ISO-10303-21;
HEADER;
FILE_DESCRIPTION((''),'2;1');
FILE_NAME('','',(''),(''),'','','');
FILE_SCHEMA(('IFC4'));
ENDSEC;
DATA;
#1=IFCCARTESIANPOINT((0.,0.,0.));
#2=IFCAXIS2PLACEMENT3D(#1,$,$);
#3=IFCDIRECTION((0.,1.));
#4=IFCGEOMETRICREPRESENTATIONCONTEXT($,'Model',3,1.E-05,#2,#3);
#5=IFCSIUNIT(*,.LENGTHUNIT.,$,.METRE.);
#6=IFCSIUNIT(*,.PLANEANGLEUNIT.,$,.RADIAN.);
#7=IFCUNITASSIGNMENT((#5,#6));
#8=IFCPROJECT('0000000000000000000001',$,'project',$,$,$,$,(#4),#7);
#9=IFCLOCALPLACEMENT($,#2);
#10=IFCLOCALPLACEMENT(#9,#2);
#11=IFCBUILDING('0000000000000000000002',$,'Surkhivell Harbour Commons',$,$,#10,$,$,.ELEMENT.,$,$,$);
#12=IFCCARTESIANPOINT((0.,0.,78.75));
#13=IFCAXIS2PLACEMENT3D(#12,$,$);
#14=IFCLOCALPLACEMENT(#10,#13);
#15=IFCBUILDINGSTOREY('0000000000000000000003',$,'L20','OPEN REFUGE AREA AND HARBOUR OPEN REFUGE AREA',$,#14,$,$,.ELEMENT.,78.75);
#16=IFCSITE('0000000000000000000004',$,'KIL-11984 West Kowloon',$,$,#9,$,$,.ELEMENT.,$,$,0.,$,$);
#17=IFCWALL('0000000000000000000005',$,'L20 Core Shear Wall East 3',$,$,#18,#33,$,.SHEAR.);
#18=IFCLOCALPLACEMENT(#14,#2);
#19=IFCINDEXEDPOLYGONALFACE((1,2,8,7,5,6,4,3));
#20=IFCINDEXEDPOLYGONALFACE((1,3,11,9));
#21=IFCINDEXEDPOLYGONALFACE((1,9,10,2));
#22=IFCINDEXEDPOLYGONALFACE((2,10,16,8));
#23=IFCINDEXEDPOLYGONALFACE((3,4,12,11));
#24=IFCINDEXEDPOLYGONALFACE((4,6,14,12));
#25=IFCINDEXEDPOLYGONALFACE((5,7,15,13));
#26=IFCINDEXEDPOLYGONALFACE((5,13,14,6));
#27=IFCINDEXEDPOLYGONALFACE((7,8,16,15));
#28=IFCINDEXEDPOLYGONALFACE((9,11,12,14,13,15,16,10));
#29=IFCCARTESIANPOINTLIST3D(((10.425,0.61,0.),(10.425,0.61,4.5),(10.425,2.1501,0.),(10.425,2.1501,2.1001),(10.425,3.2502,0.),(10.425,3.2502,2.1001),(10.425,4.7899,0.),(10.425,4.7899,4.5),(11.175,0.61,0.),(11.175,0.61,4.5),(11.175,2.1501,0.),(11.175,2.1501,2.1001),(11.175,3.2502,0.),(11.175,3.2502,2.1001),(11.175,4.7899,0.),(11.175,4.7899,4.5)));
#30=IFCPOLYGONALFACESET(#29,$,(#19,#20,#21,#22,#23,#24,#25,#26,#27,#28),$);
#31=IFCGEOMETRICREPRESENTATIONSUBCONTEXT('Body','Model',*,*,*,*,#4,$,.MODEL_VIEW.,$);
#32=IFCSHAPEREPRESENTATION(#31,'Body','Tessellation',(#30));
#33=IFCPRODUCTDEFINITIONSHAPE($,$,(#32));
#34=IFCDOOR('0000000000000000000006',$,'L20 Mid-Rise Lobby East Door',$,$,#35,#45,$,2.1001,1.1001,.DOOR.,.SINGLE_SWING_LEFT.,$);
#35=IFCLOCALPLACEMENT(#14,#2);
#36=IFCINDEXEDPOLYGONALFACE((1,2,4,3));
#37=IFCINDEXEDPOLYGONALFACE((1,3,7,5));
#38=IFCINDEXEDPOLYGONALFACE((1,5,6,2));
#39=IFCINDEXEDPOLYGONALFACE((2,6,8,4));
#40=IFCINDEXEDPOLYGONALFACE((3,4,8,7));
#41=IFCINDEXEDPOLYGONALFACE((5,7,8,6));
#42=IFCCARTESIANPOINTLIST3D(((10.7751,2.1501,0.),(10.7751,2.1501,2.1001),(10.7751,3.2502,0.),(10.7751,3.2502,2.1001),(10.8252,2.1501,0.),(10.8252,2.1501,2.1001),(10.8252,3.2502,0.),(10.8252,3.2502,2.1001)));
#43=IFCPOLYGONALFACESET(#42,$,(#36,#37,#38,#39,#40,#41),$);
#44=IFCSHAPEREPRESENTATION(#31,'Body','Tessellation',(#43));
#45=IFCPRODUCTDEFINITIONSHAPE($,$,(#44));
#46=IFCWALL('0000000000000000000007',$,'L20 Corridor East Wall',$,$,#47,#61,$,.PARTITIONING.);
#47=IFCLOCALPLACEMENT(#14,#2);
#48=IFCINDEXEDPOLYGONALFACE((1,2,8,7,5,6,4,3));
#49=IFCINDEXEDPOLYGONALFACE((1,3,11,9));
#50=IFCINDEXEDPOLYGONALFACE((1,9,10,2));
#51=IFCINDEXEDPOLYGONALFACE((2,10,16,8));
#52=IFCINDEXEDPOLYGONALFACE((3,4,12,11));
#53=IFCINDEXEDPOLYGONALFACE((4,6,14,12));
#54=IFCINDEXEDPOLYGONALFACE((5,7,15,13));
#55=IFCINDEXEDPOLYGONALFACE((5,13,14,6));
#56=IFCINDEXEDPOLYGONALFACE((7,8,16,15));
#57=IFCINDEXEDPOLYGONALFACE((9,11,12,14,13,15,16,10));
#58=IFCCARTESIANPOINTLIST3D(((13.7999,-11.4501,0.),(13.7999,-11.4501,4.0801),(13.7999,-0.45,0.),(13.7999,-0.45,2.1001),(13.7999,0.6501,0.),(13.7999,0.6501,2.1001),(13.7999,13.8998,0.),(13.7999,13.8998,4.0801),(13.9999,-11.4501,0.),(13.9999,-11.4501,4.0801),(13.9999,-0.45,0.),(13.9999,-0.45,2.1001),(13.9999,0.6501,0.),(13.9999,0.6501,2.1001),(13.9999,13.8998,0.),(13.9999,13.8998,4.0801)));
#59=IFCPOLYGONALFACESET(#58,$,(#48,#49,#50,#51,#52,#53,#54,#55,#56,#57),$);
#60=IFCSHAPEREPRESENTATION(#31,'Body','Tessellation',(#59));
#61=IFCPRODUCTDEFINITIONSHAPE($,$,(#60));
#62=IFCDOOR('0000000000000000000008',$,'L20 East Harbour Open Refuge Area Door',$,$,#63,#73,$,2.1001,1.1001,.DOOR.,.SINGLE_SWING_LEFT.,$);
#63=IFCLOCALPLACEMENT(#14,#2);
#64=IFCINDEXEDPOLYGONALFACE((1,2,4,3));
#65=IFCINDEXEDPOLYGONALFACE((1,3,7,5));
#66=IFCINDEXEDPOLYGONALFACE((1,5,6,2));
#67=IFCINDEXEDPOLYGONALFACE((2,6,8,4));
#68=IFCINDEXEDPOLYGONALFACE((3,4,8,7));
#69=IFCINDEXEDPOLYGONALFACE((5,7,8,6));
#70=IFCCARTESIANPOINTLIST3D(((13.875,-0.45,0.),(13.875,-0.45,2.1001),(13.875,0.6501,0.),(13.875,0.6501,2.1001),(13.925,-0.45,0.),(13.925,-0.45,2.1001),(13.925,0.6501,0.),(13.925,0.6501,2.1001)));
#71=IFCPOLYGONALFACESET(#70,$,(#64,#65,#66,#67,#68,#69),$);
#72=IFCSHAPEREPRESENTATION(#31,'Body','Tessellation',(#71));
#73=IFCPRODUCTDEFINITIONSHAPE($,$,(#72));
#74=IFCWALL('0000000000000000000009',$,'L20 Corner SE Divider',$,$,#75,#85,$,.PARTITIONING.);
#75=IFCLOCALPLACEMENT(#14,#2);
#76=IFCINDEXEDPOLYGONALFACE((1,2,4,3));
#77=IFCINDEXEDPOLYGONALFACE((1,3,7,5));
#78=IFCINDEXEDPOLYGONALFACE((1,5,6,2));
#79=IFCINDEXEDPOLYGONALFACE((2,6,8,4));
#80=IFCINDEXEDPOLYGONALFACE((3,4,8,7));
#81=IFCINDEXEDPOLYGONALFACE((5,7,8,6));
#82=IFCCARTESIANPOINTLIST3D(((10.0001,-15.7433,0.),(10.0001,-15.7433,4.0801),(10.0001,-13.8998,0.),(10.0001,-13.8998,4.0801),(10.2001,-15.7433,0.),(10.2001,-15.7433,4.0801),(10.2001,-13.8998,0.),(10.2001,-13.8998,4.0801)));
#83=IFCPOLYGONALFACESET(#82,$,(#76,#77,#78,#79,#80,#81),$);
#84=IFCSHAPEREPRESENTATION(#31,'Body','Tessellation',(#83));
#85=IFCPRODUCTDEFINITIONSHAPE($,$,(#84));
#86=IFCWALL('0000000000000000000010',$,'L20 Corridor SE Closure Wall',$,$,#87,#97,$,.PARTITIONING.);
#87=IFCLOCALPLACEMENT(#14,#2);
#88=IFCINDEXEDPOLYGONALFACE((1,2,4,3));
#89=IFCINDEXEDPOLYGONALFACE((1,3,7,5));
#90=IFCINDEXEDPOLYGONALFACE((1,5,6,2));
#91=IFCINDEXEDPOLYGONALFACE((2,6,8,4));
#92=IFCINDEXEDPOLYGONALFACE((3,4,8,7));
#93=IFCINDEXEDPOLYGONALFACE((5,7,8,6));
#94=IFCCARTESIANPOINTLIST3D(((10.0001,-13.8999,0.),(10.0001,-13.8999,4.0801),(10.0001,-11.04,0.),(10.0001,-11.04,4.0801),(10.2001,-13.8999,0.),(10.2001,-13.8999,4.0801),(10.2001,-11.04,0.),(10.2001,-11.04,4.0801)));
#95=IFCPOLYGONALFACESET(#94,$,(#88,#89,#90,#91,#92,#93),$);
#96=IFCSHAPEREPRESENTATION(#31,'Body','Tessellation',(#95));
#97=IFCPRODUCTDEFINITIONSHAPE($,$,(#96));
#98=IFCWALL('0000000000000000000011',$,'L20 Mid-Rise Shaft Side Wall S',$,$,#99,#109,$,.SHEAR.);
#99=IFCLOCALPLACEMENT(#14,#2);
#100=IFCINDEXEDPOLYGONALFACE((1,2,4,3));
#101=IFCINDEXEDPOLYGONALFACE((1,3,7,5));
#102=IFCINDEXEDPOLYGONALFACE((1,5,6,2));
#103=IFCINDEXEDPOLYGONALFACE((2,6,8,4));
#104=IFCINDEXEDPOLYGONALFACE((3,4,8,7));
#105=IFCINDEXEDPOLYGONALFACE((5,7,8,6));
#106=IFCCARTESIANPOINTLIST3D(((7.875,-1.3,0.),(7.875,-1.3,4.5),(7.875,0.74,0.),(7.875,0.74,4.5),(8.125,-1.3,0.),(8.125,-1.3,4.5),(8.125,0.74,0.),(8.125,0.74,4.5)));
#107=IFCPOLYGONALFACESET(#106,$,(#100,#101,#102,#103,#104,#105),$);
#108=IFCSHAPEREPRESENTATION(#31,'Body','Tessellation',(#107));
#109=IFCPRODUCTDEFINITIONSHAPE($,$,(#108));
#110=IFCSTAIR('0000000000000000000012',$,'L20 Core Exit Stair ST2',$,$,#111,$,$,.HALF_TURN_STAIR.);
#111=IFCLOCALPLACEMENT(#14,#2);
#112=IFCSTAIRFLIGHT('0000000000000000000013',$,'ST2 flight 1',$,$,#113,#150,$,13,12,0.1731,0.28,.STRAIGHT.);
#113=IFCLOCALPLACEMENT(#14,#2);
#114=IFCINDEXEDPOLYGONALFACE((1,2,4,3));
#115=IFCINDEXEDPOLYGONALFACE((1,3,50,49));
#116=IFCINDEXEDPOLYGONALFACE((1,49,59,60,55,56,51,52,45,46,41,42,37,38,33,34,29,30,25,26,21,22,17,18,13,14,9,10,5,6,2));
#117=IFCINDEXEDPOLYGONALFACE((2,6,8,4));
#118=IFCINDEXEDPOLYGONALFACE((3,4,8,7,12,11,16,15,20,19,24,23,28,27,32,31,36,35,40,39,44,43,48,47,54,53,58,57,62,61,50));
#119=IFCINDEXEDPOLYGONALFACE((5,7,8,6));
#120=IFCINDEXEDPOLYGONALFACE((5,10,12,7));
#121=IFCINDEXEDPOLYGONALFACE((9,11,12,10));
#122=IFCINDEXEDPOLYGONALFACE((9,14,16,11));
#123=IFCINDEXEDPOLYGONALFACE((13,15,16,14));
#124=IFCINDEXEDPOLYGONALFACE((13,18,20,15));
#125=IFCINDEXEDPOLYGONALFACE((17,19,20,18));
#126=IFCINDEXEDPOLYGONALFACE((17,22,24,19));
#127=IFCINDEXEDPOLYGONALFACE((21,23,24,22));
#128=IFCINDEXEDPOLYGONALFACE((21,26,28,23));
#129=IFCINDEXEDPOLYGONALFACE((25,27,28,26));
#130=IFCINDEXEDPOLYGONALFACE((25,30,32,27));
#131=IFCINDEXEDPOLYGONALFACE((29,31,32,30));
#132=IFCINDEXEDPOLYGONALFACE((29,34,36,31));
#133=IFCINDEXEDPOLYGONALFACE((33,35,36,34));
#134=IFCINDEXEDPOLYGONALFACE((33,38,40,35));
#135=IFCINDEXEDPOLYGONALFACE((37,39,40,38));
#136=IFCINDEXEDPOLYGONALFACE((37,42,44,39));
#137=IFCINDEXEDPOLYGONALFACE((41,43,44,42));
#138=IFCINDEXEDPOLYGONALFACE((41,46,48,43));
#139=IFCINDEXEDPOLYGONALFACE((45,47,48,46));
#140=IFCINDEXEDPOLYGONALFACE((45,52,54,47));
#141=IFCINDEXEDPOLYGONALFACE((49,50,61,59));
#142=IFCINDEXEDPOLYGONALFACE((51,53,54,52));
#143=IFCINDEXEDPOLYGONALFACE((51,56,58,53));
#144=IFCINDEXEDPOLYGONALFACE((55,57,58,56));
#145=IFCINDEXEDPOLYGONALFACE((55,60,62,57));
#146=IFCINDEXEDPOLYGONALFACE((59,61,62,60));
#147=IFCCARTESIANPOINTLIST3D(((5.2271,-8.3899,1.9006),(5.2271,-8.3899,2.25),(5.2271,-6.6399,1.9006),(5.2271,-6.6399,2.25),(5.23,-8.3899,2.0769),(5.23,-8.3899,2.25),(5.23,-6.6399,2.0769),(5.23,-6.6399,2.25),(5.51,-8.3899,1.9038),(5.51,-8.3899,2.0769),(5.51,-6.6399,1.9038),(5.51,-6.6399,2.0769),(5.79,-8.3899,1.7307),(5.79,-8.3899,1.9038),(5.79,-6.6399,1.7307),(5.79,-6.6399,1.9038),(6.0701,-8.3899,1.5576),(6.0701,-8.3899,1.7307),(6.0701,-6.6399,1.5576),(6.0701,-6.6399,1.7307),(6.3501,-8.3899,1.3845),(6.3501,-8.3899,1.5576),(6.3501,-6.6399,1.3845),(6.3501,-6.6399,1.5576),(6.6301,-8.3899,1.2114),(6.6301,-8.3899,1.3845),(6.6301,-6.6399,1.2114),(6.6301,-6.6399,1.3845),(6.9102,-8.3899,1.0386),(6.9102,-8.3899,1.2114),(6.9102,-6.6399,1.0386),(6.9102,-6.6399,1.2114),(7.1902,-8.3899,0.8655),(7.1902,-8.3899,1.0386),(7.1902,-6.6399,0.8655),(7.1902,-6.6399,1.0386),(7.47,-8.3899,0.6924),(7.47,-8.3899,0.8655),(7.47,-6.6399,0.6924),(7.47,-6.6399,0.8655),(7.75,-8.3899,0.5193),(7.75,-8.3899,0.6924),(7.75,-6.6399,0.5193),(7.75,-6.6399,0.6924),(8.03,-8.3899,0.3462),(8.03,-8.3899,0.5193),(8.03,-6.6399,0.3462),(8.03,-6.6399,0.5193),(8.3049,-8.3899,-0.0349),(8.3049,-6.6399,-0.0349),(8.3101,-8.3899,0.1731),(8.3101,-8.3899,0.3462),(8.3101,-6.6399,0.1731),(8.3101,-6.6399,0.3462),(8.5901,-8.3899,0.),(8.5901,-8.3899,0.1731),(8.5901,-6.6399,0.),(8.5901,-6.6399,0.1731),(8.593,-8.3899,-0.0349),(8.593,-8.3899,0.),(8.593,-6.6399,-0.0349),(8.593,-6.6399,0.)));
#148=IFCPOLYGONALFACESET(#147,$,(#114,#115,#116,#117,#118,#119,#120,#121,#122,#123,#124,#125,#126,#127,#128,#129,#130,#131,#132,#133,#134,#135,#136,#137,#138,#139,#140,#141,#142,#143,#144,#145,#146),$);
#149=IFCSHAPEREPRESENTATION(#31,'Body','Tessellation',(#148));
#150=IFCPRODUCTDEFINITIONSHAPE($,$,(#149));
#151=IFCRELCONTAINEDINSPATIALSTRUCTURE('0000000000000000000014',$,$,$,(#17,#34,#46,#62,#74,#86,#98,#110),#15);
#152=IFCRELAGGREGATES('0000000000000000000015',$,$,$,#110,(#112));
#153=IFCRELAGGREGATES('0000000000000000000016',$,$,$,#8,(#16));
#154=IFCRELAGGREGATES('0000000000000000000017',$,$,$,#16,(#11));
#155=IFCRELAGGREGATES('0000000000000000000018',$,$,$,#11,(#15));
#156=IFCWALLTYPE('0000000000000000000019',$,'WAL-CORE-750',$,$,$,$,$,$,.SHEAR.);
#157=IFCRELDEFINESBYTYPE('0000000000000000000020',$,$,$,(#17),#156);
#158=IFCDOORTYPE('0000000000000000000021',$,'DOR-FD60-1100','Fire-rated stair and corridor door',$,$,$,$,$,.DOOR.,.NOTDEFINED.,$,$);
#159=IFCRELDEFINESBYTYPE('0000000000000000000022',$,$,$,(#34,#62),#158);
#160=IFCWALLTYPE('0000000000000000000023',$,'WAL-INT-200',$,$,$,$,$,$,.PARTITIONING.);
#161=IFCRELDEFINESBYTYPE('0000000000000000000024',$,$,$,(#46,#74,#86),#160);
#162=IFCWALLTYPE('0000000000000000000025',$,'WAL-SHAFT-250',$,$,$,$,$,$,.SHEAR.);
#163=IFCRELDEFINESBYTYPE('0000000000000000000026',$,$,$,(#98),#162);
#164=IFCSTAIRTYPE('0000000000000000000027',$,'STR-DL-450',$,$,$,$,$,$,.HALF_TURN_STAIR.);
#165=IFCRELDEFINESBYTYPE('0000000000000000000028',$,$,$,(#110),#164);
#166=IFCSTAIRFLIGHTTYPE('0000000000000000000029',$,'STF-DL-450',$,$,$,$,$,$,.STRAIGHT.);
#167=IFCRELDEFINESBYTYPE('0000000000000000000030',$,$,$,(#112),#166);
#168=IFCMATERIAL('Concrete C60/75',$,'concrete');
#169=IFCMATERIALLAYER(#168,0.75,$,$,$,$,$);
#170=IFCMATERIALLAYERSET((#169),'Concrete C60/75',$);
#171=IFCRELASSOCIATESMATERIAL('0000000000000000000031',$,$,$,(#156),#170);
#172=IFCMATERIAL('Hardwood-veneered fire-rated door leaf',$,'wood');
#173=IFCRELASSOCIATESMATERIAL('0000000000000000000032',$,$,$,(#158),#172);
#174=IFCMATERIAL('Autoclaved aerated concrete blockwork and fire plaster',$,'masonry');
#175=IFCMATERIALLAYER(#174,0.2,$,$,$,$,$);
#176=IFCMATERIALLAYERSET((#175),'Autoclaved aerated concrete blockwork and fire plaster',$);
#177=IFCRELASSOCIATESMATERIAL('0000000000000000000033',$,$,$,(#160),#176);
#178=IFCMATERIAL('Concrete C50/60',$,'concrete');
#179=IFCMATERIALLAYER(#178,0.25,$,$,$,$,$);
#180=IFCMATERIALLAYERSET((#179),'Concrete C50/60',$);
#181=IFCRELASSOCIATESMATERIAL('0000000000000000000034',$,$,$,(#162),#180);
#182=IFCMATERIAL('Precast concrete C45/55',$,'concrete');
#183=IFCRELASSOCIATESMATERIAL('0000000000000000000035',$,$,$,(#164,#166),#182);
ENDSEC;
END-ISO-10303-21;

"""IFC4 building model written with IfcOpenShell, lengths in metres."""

from ifc_helpers import new_model, si_unit, direction, frame, frame_2d, origin, place, context, subcontext, project, spatial, polyline, rectangle, outline, extrude, material, layer, layer_set, type_object, element, fill, aggregate, save


model = new_model("IFC4")

# Units and contexts
model_context = context("Model", 3, precision=1e-05, world=origin(), true_north=direction((0.0, 1.0)))
body_context = subcontext(model_context, "Body", "Model", "MODEL_VIEW")
ifc_project = project(units=[si_unit("LENGTHUNIT", "METRE"), si_unit("PLANEANGLEUNIT", "RADIAN")], contexts=[model_context])

# Site, building, storey
site_placement = place(None, origin())
site = spatial("IfcSite", under=ifc_project, at=site_placement, Name="KIL-11984 West Kowloon", CompositionType="ELEMENT", RefElevation=0.0)
building_placement = place(site_placement, origin())
building = spatial("IfcBuilding", under=site, at=building_placement, Name="Surkhivell Harbour Commons", CompositionType="ELEMENT")
storey_placement = place(building_placement, frame((0.0, 0.0, 78.75)))
storey = spatial("IfcBuildingStorey", under=building, at=storey_placement, Name="L20", Description="OPEN REFUGE AREA AND HARBOUR OPEN REFUGE AREA", CompositionType="ELEMENT", Elevation=78.75)

# Shared definitions
ifc_material_1 = material(Name="Concrete C60/75", Category="concrete")
ifc_layer_1 = layer(ifc_material_1, 0.75)
ifc_layer_set_1 = layer_set([ifc_layer_1], Name="Concrete C60/75")
wall_type_1 = type_object("IfcWallType", Name="WAL-CORE-750", PredefinedType="SHEAR", material=ifc_layer_set_1)

# Walls, openings, doors
ifc_material_2 = material(Name="Hardwood-veneered fire-rated door leaf", Category="wood")
wall_1_placement = place(storey_placement, frame((10.8, 0.6101, 0.0), z_axis=(0.0, 0.0, 1.0), x_axis=(0.0, 1.0, 0.0)))
wall_1 = element("IfcWall", 1, at=wall_1_placement, inside=storey, type_object=wall_type_1, Name="L20 Core Shear Wall East 3", PredefinedType="SHEAR", context=body_context, shape_type="SweptSolid", body=[
    extrude(rectangle(XDim=4.1799, YDim=0.75, at=frame_2d((2.0898, 0.0))), origin(), (0.0, 0.0, 1.0), 4.5),
])
opening_1_placement = place(wall_1_placement, frame((1.54, 0.0, 0.0)))
opening_1 = element("IfcOpeningElement", 2, at=opening_1_placement, cuts=wall_1, PredefinedType="OPENING", context=body_context, shape_type="SweptSolid", body=[
    extrude(rectangle(XDim=1.1001, YDim=2.1001, at=frame_2d((0.55, 1.05))), frame((0.0, 0.385, 0.0), z_axis=(0.0, -1.0, 0.0), x_axis=(1.0, 0.0, 0.0)), (0.0, 0.0, 1.0), 0.77),
])
door_type_1 = type_object("IfcDoorType", Name="DOR-FD60-1100", Description="Fire-rated stair and corridor door", OperationType="NOTDEFINED", PredefinedType="DOOR", material=ifc_material_2)
door_1_placement = place(opening_1_placement, origin())
door_1 = element("IfcDoor", 3, at=door_1_placement, inside=storey, type_object=door_type_1, Name="L20 Mid-Rise Lobby East Door", OperationType="SINGLE_SWING_LEFT", OverallHeight=2.1001, OverallWidth=1.1001, PredefinedType="DOOR", context=body_context, shape_type="SweptSolid", body=[
    extrude(rectangle(XDim=1.1001, YDim=2.1001, at=frame_2d((0.55, 1.05))), frame((0.0, 0.0249, 0.0), z_axis=(0.0, -1.0, 0.0), x_axis=(1.0, 0.0, 0.0)), (0.0, 0.0, 1.0), 0.05),
])
fill(opening_1, door_1)
ifc_material_3 = material(Name="Autoclaved aerated concrete blockwork and fire plaster", Category="masonry")
ifc_layer_2 = layer(ifc_material_3, 0.2)
ifc_layer_set_2 = layer_set([ifc_layer_2], Name="Autoclaved aerated concrete blockwork and fire plaster")
wall_type_2 = type_object("IfcWallType", Name="WAL-INT-200", PredefinedType="PARTITIONING", material=ifc_layer_set_2)
wall_2_placement = place(storey_placement, frame((13.8999, -11.45, 0.0), z_axis=(0.0, 0.0, 1.0), x_axis=(0.0, 1.0, 0.0)))
wall_2 = element("IfcWall", 4, at=wall_2_placement, inside=storey, type_object=wall_type_2, Name="L20 Corridor East Wall", PredefinedType="PARTITIONING", context=body_context, shape_type="SweptSolid", body=[
    extrude(rectangle(XDim=25.3499, YDim=0.2, at=frame_2d((12.6748, 0.0))), origin(), (0.0, 0.0, 1.0), 4.0801),
])
opening_2_placement = place(wall_2_placement, frame((11.0, 0.0, 0.0)))
opening_2 = element("IfcOpeningElement", 5, at=opening_2_placement, cuts=wall_2, PredefinedType="OPENING", context=body_context, shape_type="SweptSolid", body=[
    extrude(rectangle(XDim=1.1001, YDim=2.1001, at=frame_2d((0.55, 1.05))), frame((0.0, 0.1099, 0.0), z_axis=(0.0, -1.0, 0.0), x_axis=(1.0, 0.0, 0.0)), (0.0, 0.0, 1.0), 0.22),
])
door_2_placement = place(opening_2_placement, origin())
door_2 = element("IfcDoor", 6, at=door_2_placement, inside=storey, type_object=door_type_1, Name="L20 East Harbour Open Refuge Area Door", OperationType="SINGLE_SWING_LEFT", OverallHeight=2.1001, OverallWidth=1.1001, PredefinedType="DOOR", context=body_context, shape_type="SweptSolid", body=[
    extrude(rectangle(XDim=1.1001, YDim=2.1001, at=frame_2d((0.55, 1.05))), frame((0.0, 0.0249, 0.0), z_axis=(0.0, -1.0, 0.0), x_axis=(1.0, 0.0, 0.0)), (0.0, 0.0, 1.0), 0.05),
])
fill(opening_2, door_2)

# Walls
wall_3_placement = place(storey_placement, frame((10.1001, -15.7434, 0.0), z_axis=(0.0, 0.0, 1.0), x_axis=(0.0, 1.0, 0.0)))
element("IfcWall", 7, at=wall_3_placement, inside=storey, type_object=wall_type_2, Name="L20 Corner SE Divider", PredefinedType="PARTITIONING", context=body_context, shape_type="SweptSolid", body=[
    extrude(rectangle(XDim=1.8435, YDim=0.2, at=frame_2d((0.9219, 0.0))), origin(), (0.0, 0.0, 1.0), 4.0801),
])
wall_4_placement = place(storey_placement, frame((10.1001, -13.8999, 0.0), z_axis=(0.0, 0.0, 1.0), x_axis=(0.0, 1.0, 0.0)))
element("IfcWall", 8, at=wall_4_placement, inside=storey, type_object=wall_type_2, Name="L20 Corridor SE Closure Wall", PredefinedType="PARTITIONING", context=body_context, shape_type="SweptSolid", body=[
    extrude(rectangle(XDim=2.8599, YDim=0.2, at=frame_2d((1.4299, 0.0))), origin(), (0.0, 0.0, 1.0), 4.0801),
])
ifc_material_4 = material(Name="Concrete C50/60", Category="concrete")
ifc_layer_3 = layer(ifc_material_4, 0.25)
ifc_layer_set_3 = layer_set([ifc_layer_3], Name="Concrete C50/60")
wall_type_3 = type_object("IfcWallType", Name="WAL-SHAFT-250", PredefinedType="SHEAR", material=ifc_layer_set_3)
wall_5_placement = place(storey_placement, frame((8.0, -1.3, 0.0), z_axis=(0.0, 0.0, 1.0), x_axis=(0.0, 1.0, 0.0)))
element("IfcWall", 9, at=wall_5_placement, inside=storey, type_object=wall_type_3, Name="L20 Mid-Rise Shaft Side Wall S", PredefinedType="SHEAR", context=body_context, shape_type="SweptSolid", body=[
    extrude(rectangle(XDim=2.04, YDim=0.25, at=frame_2d((1.02, 0.0))), origin(), (0.0, 0.0, 1.0), 4.5),
])

# Stair, stair flight
ifc_material_5 = material(Name="Precast concrete C45/55", Category="concrete")
stair_type = type_object("IfcStairType", Name="STR-DL-450", PredefinedType="HALF_TURN_STAIR", material=ifc_material_5)
stair_placement = place(storey_placement, origin())
stair = element("IfcStair", 10, at=stair_placement, inside=storey, type_object=stair_type, Name="L20 Core Exit Stair ST2", PredefinedType="HALF_TURN_STAIR")
stair_flight_type = type_object("IfcStairFlightType", Name="STF-DL-450", PredefinedType="STRAIGHT", material=ifc_material_5)
stair_flight_placement = place(storey_placement, frame((8.5901, -7.5149, 0.0), z_axis=(0.0, 0.0, 1.0), x_axis=(-1.0, 0.0, 0.0)))
stair_flight = element("IfcStairFlight", 11, at=stair_flight_placement, type_object=stair_flight_type, Name="ST2 flight 1", NumberOfRisers=13, NumberOfTreads=12, PredefinedType="STRAIGHT", RiserHeight=0.1731, TreadLength=0.28, context=body_context, shape_type="SweptSolid", body=[
    extrude(outline(polyline([(-0.0029, -0.0349), (-0.0029, 0.0), (0.0, 0.0), (0.0, 0.1731), (0.28, 0.1731), (0.28, 0.3462), (0.5601, 0.3462), (0.5601, 0.5193), (0.8401, 0.5193), (0.8401, 0.6924), (1.1201, 0.6924), (1.1201, 0.8655), (1.3999, 0.8655), (1.3999, 1.0386), (1.6799, 1.0386), (1.6799, 1.2114), (1.96, 1.2114), (1.96, 1.3845), (2.24, 1.3845), (2.24, 1.5576), (2.52, 1.5576), (2.52, 1.7307), (2.8, 1.7307), (2.8, 1.9038), (3.0801, 1.9038), (3.0801, 2.0769), (3.3601, 2.0769), (3.3601, 2.25), (3.363, 2.25), (3.363, 1.9006), (0.2852, -0.0349), (-0.0029, -0.0349)])), frame((0.0, 0.875, 0.0), z_axis=(0.0, -1.0, 0.0), x_axis=(1.0, 0.0, 0.0)), (0.0, 0.0, 1.0), 1.75),
])
aggregate(stair, [stair_flight])

save(model, "model.ifc")
